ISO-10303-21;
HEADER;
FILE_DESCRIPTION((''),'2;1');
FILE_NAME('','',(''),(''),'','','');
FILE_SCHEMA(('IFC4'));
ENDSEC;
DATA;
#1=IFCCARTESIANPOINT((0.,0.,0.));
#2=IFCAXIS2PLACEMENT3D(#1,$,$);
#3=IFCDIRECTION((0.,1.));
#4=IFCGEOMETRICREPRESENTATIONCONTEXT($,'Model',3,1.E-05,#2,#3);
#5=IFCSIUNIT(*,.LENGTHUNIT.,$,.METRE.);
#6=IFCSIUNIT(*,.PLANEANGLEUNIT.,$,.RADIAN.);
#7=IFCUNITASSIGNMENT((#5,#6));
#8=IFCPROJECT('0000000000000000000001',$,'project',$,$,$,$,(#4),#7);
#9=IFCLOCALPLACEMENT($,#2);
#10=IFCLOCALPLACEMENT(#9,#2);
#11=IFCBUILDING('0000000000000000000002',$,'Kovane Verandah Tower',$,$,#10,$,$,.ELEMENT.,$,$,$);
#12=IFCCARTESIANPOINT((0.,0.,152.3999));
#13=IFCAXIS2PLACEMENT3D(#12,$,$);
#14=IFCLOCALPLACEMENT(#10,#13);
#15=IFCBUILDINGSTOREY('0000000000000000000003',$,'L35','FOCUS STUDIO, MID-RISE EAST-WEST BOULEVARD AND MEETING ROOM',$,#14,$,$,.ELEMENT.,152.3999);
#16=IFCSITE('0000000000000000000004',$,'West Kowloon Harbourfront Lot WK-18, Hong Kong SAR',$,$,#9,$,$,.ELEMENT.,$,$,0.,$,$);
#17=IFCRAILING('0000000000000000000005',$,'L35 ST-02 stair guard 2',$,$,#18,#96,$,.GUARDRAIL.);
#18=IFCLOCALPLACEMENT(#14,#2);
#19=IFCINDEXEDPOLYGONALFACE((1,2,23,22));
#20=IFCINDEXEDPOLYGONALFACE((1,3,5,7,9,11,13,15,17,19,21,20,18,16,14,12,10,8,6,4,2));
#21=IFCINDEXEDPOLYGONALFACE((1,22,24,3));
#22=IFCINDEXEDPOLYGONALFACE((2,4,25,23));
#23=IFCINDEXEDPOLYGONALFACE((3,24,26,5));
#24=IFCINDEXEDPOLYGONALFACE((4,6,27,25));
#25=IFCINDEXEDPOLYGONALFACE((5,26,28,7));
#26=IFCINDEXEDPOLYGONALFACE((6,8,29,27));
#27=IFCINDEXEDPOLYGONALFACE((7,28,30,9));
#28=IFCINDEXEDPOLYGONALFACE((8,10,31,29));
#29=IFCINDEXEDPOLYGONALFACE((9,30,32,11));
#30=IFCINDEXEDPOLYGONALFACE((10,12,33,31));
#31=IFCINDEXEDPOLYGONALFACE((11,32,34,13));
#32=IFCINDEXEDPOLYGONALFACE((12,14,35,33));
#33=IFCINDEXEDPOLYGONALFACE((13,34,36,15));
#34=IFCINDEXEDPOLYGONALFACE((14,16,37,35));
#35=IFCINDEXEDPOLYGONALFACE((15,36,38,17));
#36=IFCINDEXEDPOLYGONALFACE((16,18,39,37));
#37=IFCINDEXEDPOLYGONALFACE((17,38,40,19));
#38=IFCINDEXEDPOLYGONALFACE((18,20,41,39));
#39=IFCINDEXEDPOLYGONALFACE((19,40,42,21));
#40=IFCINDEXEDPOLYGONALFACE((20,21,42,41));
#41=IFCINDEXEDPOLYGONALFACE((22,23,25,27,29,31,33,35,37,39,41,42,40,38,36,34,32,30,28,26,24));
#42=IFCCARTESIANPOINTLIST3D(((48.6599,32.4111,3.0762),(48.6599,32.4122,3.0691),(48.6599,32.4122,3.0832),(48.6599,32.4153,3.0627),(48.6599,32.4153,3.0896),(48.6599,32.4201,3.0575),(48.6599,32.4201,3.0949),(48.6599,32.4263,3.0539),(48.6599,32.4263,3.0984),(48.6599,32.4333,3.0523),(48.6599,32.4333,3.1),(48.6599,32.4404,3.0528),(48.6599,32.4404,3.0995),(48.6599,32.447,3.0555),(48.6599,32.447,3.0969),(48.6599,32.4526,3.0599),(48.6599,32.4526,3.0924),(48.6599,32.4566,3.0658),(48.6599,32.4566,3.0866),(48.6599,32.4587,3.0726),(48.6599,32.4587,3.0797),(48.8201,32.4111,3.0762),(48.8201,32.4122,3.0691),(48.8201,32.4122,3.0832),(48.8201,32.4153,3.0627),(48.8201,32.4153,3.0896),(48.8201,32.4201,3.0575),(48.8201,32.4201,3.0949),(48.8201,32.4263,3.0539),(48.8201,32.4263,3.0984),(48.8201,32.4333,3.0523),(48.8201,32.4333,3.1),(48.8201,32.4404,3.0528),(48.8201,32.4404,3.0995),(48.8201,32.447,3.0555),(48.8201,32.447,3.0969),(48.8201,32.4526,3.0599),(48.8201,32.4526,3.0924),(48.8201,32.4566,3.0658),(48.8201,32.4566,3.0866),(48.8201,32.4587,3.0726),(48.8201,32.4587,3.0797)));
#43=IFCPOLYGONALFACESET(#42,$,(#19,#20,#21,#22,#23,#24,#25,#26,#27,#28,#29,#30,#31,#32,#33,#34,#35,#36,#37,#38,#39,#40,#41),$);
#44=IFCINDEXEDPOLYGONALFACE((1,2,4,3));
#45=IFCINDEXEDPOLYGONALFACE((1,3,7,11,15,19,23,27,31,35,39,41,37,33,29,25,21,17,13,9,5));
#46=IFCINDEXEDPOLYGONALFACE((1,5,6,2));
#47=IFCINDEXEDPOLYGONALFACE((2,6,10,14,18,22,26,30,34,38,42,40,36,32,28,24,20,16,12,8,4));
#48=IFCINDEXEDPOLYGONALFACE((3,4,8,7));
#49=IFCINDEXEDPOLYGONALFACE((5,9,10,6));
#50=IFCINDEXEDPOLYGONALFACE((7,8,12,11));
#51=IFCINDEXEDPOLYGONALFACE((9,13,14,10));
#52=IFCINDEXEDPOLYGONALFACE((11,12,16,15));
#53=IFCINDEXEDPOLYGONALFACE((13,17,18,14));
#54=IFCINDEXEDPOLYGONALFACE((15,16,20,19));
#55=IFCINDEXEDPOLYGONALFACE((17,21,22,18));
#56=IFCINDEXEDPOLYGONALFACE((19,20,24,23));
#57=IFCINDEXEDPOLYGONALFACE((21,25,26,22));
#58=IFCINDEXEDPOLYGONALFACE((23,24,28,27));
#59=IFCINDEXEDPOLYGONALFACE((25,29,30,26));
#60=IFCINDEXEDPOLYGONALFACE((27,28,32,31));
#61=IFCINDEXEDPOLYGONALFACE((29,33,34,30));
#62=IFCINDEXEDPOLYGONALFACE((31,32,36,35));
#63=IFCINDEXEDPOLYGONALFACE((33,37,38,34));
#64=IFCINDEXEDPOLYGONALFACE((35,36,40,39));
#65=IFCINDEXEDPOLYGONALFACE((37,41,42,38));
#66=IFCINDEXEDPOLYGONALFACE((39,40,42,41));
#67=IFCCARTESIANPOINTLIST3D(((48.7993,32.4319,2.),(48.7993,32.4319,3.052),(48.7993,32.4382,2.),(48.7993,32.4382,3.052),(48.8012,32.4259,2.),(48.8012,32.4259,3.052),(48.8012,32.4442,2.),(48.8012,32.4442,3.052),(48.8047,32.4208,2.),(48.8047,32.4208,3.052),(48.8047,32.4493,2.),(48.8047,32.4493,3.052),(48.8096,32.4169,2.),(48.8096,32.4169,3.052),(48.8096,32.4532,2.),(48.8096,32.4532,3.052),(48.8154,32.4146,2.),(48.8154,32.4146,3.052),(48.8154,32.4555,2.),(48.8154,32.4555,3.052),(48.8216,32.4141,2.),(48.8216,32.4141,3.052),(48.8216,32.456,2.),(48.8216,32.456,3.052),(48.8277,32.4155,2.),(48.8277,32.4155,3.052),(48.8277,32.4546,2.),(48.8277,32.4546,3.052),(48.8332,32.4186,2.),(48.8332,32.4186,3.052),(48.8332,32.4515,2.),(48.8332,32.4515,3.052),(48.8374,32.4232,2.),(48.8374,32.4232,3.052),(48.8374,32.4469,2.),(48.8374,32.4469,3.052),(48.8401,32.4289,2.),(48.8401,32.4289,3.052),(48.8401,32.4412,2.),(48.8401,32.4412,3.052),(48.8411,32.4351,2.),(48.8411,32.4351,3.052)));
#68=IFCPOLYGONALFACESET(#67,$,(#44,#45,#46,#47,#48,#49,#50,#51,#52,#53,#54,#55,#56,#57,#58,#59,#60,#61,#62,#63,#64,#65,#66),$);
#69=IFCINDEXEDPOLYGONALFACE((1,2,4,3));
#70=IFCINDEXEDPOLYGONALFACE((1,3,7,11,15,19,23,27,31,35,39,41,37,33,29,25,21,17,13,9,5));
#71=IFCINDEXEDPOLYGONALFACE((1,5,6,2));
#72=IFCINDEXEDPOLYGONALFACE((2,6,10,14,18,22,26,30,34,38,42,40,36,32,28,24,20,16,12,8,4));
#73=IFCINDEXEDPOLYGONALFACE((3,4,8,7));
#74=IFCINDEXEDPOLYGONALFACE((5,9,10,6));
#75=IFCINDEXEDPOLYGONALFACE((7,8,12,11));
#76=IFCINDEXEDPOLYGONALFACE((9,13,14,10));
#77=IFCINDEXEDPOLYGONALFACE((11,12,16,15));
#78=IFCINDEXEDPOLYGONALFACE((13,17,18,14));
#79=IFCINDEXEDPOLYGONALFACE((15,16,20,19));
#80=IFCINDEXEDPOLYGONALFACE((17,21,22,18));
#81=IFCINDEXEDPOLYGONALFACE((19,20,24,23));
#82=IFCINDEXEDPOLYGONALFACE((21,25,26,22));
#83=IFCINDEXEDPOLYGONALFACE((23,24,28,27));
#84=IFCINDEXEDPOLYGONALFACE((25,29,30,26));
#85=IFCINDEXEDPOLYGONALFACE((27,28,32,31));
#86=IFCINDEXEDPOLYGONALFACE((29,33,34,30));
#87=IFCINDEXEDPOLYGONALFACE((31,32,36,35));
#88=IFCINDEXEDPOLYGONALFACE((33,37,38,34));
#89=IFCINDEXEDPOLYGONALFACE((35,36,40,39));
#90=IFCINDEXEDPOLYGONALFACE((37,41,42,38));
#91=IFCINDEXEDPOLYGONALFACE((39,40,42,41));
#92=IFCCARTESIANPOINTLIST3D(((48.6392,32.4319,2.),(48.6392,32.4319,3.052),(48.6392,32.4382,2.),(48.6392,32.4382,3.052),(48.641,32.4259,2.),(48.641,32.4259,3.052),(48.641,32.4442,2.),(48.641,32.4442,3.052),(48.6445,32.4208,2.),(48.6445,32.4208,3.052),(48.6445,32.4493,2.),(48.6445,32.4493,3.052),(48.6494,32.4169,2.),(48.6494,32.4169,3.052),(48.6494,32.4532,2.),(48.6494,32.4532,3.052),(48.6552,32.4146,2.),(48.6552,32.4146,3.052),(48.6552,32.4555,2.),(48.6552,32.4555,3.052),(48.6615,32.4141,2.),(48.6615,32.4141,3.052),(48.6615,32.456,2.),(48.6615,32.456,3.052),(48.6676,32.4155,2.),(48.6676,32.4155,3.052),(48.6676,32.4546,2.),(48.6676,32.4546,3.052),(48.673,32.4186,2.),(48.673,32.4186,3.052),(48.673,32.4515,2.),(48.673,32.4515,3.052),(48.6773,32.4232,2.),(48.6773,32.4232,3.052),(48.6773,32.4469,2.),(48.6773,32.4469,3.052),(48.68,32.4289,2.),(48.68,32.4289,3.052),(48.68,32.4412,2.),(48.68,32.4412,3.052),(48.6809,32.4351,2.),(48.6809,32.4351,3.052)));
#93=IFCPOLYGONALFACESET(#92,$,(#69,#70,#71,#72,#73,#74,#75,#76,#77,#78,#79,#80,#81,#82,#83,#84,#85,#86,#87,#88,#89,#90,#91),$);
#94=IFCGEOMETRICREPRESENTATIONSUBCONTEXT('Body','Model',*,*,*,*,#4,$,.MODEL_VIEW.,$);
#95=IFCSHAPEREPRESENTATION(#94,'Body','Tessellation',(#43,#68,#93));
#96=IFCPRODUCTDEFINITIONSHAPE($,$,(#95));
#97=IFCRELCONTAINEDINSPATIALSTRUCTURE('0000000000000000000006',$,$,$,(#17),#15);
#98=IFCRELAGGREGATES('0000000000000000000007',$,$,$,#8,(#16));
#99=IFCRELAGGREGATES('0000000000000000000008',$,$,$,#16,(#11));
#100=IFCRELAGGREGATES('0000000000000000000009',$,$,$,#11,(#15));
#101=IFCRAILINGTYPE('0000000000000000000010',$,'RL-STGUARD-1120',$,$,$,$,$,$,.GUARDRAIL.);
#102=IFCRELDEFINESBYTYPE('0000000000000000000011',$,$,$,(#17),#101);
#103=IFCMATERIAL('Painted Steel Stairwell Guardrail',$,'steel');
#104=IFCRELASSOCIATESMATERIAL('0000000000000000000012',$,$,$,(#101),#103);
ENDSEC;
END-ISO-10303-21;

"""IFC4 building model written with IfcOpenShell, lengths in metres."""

from ifc_helpers import new_model, si_unit, direction, frame, origin, origin_2d, place, context, subcontext, project, spatial, circle, extrude, material, type_object, element, save


model = new_model("IFC4")

# Units and contexts
model_context = context("Model", 3, precision=1e-05, world=origin(), true_north=direction((0.0, 1.0)))
body_context = subcontext(model_context, "Body", "Model", "MODEL_VIEW")
ifc_project = project(units=[si_unit("LENGTHUNIT", "METRE"), si_unit("PLANEANGLEUNIT", "RADIAN")], contexts=[model_context])

# Site, building, storey
site_placement = place(None, origin())
site = spatial("IfcSite", under=ifc_project, at=site_placement, Name="West Kowloon Harbourfront Lot WK-18, Hong Kong SAR", CompositionType="ELEMENT", RefElevation=0.0)
building_placement = place(site_placement, origin())
building = spatial("IfcBuilding", under=site, at=building_placement, Name="Kovane Verandah Tower", CompositionType="ELEMENT")
storey_placement = place(building_placement, frame((0.0, 0.0, 152.3999)))
storey = spatial("IfcBuildingStorey", under=building, at=storey_placement, Name="L35", Description="FOCUS STUDIO, MID-RISE EAST-WEST BOULEVARD AND MEETING ROOM", CompositionType="ELEMENT", Elevation=152.3999)

# Railing
ifc_material_1 = material(Name="Painted Steel Stairwell Guardrail", Category="steel")
railing_type_1 = type_object("IfcRailingType", Name="RL-STGUARD-1120", PredefinedType="GUARDRAIL", material=ifc_material_1)
railing_1_placement = place(storey_placement, frame((48.8201, 32.4351, 2.0)))
element("IfcRailing", 1, at=railing_1_placement, inside=storey, type_object=railing_type_1, Name="L35 ST-02 stair guard 2", PredefinedType="GUARDRAIL", context=body_context, shape_type="SweptSolid", body=[
    extrude(circle(Radius=0.0239, at=origin_2d()), frame((0.0, 0.0, 1.0762), z_axis=(-1.0, 0.0, 0.0), x_axis=(0.0, -1.0, 0.0)), (0.0, 0.0, 1.0), 0.1602),
    extrude(circle(Radius=0.021, at=origin_2d()), origin(), (0.0, 0.0, 1.0), 1.052),
    extrude(circle(Radius=0.021, at=origin_2d()), frame((-0.1602, 0.0, 0.0)), (0.0, 0.0, 1.0), 1.052),
])

save(model, "model.ifc")
